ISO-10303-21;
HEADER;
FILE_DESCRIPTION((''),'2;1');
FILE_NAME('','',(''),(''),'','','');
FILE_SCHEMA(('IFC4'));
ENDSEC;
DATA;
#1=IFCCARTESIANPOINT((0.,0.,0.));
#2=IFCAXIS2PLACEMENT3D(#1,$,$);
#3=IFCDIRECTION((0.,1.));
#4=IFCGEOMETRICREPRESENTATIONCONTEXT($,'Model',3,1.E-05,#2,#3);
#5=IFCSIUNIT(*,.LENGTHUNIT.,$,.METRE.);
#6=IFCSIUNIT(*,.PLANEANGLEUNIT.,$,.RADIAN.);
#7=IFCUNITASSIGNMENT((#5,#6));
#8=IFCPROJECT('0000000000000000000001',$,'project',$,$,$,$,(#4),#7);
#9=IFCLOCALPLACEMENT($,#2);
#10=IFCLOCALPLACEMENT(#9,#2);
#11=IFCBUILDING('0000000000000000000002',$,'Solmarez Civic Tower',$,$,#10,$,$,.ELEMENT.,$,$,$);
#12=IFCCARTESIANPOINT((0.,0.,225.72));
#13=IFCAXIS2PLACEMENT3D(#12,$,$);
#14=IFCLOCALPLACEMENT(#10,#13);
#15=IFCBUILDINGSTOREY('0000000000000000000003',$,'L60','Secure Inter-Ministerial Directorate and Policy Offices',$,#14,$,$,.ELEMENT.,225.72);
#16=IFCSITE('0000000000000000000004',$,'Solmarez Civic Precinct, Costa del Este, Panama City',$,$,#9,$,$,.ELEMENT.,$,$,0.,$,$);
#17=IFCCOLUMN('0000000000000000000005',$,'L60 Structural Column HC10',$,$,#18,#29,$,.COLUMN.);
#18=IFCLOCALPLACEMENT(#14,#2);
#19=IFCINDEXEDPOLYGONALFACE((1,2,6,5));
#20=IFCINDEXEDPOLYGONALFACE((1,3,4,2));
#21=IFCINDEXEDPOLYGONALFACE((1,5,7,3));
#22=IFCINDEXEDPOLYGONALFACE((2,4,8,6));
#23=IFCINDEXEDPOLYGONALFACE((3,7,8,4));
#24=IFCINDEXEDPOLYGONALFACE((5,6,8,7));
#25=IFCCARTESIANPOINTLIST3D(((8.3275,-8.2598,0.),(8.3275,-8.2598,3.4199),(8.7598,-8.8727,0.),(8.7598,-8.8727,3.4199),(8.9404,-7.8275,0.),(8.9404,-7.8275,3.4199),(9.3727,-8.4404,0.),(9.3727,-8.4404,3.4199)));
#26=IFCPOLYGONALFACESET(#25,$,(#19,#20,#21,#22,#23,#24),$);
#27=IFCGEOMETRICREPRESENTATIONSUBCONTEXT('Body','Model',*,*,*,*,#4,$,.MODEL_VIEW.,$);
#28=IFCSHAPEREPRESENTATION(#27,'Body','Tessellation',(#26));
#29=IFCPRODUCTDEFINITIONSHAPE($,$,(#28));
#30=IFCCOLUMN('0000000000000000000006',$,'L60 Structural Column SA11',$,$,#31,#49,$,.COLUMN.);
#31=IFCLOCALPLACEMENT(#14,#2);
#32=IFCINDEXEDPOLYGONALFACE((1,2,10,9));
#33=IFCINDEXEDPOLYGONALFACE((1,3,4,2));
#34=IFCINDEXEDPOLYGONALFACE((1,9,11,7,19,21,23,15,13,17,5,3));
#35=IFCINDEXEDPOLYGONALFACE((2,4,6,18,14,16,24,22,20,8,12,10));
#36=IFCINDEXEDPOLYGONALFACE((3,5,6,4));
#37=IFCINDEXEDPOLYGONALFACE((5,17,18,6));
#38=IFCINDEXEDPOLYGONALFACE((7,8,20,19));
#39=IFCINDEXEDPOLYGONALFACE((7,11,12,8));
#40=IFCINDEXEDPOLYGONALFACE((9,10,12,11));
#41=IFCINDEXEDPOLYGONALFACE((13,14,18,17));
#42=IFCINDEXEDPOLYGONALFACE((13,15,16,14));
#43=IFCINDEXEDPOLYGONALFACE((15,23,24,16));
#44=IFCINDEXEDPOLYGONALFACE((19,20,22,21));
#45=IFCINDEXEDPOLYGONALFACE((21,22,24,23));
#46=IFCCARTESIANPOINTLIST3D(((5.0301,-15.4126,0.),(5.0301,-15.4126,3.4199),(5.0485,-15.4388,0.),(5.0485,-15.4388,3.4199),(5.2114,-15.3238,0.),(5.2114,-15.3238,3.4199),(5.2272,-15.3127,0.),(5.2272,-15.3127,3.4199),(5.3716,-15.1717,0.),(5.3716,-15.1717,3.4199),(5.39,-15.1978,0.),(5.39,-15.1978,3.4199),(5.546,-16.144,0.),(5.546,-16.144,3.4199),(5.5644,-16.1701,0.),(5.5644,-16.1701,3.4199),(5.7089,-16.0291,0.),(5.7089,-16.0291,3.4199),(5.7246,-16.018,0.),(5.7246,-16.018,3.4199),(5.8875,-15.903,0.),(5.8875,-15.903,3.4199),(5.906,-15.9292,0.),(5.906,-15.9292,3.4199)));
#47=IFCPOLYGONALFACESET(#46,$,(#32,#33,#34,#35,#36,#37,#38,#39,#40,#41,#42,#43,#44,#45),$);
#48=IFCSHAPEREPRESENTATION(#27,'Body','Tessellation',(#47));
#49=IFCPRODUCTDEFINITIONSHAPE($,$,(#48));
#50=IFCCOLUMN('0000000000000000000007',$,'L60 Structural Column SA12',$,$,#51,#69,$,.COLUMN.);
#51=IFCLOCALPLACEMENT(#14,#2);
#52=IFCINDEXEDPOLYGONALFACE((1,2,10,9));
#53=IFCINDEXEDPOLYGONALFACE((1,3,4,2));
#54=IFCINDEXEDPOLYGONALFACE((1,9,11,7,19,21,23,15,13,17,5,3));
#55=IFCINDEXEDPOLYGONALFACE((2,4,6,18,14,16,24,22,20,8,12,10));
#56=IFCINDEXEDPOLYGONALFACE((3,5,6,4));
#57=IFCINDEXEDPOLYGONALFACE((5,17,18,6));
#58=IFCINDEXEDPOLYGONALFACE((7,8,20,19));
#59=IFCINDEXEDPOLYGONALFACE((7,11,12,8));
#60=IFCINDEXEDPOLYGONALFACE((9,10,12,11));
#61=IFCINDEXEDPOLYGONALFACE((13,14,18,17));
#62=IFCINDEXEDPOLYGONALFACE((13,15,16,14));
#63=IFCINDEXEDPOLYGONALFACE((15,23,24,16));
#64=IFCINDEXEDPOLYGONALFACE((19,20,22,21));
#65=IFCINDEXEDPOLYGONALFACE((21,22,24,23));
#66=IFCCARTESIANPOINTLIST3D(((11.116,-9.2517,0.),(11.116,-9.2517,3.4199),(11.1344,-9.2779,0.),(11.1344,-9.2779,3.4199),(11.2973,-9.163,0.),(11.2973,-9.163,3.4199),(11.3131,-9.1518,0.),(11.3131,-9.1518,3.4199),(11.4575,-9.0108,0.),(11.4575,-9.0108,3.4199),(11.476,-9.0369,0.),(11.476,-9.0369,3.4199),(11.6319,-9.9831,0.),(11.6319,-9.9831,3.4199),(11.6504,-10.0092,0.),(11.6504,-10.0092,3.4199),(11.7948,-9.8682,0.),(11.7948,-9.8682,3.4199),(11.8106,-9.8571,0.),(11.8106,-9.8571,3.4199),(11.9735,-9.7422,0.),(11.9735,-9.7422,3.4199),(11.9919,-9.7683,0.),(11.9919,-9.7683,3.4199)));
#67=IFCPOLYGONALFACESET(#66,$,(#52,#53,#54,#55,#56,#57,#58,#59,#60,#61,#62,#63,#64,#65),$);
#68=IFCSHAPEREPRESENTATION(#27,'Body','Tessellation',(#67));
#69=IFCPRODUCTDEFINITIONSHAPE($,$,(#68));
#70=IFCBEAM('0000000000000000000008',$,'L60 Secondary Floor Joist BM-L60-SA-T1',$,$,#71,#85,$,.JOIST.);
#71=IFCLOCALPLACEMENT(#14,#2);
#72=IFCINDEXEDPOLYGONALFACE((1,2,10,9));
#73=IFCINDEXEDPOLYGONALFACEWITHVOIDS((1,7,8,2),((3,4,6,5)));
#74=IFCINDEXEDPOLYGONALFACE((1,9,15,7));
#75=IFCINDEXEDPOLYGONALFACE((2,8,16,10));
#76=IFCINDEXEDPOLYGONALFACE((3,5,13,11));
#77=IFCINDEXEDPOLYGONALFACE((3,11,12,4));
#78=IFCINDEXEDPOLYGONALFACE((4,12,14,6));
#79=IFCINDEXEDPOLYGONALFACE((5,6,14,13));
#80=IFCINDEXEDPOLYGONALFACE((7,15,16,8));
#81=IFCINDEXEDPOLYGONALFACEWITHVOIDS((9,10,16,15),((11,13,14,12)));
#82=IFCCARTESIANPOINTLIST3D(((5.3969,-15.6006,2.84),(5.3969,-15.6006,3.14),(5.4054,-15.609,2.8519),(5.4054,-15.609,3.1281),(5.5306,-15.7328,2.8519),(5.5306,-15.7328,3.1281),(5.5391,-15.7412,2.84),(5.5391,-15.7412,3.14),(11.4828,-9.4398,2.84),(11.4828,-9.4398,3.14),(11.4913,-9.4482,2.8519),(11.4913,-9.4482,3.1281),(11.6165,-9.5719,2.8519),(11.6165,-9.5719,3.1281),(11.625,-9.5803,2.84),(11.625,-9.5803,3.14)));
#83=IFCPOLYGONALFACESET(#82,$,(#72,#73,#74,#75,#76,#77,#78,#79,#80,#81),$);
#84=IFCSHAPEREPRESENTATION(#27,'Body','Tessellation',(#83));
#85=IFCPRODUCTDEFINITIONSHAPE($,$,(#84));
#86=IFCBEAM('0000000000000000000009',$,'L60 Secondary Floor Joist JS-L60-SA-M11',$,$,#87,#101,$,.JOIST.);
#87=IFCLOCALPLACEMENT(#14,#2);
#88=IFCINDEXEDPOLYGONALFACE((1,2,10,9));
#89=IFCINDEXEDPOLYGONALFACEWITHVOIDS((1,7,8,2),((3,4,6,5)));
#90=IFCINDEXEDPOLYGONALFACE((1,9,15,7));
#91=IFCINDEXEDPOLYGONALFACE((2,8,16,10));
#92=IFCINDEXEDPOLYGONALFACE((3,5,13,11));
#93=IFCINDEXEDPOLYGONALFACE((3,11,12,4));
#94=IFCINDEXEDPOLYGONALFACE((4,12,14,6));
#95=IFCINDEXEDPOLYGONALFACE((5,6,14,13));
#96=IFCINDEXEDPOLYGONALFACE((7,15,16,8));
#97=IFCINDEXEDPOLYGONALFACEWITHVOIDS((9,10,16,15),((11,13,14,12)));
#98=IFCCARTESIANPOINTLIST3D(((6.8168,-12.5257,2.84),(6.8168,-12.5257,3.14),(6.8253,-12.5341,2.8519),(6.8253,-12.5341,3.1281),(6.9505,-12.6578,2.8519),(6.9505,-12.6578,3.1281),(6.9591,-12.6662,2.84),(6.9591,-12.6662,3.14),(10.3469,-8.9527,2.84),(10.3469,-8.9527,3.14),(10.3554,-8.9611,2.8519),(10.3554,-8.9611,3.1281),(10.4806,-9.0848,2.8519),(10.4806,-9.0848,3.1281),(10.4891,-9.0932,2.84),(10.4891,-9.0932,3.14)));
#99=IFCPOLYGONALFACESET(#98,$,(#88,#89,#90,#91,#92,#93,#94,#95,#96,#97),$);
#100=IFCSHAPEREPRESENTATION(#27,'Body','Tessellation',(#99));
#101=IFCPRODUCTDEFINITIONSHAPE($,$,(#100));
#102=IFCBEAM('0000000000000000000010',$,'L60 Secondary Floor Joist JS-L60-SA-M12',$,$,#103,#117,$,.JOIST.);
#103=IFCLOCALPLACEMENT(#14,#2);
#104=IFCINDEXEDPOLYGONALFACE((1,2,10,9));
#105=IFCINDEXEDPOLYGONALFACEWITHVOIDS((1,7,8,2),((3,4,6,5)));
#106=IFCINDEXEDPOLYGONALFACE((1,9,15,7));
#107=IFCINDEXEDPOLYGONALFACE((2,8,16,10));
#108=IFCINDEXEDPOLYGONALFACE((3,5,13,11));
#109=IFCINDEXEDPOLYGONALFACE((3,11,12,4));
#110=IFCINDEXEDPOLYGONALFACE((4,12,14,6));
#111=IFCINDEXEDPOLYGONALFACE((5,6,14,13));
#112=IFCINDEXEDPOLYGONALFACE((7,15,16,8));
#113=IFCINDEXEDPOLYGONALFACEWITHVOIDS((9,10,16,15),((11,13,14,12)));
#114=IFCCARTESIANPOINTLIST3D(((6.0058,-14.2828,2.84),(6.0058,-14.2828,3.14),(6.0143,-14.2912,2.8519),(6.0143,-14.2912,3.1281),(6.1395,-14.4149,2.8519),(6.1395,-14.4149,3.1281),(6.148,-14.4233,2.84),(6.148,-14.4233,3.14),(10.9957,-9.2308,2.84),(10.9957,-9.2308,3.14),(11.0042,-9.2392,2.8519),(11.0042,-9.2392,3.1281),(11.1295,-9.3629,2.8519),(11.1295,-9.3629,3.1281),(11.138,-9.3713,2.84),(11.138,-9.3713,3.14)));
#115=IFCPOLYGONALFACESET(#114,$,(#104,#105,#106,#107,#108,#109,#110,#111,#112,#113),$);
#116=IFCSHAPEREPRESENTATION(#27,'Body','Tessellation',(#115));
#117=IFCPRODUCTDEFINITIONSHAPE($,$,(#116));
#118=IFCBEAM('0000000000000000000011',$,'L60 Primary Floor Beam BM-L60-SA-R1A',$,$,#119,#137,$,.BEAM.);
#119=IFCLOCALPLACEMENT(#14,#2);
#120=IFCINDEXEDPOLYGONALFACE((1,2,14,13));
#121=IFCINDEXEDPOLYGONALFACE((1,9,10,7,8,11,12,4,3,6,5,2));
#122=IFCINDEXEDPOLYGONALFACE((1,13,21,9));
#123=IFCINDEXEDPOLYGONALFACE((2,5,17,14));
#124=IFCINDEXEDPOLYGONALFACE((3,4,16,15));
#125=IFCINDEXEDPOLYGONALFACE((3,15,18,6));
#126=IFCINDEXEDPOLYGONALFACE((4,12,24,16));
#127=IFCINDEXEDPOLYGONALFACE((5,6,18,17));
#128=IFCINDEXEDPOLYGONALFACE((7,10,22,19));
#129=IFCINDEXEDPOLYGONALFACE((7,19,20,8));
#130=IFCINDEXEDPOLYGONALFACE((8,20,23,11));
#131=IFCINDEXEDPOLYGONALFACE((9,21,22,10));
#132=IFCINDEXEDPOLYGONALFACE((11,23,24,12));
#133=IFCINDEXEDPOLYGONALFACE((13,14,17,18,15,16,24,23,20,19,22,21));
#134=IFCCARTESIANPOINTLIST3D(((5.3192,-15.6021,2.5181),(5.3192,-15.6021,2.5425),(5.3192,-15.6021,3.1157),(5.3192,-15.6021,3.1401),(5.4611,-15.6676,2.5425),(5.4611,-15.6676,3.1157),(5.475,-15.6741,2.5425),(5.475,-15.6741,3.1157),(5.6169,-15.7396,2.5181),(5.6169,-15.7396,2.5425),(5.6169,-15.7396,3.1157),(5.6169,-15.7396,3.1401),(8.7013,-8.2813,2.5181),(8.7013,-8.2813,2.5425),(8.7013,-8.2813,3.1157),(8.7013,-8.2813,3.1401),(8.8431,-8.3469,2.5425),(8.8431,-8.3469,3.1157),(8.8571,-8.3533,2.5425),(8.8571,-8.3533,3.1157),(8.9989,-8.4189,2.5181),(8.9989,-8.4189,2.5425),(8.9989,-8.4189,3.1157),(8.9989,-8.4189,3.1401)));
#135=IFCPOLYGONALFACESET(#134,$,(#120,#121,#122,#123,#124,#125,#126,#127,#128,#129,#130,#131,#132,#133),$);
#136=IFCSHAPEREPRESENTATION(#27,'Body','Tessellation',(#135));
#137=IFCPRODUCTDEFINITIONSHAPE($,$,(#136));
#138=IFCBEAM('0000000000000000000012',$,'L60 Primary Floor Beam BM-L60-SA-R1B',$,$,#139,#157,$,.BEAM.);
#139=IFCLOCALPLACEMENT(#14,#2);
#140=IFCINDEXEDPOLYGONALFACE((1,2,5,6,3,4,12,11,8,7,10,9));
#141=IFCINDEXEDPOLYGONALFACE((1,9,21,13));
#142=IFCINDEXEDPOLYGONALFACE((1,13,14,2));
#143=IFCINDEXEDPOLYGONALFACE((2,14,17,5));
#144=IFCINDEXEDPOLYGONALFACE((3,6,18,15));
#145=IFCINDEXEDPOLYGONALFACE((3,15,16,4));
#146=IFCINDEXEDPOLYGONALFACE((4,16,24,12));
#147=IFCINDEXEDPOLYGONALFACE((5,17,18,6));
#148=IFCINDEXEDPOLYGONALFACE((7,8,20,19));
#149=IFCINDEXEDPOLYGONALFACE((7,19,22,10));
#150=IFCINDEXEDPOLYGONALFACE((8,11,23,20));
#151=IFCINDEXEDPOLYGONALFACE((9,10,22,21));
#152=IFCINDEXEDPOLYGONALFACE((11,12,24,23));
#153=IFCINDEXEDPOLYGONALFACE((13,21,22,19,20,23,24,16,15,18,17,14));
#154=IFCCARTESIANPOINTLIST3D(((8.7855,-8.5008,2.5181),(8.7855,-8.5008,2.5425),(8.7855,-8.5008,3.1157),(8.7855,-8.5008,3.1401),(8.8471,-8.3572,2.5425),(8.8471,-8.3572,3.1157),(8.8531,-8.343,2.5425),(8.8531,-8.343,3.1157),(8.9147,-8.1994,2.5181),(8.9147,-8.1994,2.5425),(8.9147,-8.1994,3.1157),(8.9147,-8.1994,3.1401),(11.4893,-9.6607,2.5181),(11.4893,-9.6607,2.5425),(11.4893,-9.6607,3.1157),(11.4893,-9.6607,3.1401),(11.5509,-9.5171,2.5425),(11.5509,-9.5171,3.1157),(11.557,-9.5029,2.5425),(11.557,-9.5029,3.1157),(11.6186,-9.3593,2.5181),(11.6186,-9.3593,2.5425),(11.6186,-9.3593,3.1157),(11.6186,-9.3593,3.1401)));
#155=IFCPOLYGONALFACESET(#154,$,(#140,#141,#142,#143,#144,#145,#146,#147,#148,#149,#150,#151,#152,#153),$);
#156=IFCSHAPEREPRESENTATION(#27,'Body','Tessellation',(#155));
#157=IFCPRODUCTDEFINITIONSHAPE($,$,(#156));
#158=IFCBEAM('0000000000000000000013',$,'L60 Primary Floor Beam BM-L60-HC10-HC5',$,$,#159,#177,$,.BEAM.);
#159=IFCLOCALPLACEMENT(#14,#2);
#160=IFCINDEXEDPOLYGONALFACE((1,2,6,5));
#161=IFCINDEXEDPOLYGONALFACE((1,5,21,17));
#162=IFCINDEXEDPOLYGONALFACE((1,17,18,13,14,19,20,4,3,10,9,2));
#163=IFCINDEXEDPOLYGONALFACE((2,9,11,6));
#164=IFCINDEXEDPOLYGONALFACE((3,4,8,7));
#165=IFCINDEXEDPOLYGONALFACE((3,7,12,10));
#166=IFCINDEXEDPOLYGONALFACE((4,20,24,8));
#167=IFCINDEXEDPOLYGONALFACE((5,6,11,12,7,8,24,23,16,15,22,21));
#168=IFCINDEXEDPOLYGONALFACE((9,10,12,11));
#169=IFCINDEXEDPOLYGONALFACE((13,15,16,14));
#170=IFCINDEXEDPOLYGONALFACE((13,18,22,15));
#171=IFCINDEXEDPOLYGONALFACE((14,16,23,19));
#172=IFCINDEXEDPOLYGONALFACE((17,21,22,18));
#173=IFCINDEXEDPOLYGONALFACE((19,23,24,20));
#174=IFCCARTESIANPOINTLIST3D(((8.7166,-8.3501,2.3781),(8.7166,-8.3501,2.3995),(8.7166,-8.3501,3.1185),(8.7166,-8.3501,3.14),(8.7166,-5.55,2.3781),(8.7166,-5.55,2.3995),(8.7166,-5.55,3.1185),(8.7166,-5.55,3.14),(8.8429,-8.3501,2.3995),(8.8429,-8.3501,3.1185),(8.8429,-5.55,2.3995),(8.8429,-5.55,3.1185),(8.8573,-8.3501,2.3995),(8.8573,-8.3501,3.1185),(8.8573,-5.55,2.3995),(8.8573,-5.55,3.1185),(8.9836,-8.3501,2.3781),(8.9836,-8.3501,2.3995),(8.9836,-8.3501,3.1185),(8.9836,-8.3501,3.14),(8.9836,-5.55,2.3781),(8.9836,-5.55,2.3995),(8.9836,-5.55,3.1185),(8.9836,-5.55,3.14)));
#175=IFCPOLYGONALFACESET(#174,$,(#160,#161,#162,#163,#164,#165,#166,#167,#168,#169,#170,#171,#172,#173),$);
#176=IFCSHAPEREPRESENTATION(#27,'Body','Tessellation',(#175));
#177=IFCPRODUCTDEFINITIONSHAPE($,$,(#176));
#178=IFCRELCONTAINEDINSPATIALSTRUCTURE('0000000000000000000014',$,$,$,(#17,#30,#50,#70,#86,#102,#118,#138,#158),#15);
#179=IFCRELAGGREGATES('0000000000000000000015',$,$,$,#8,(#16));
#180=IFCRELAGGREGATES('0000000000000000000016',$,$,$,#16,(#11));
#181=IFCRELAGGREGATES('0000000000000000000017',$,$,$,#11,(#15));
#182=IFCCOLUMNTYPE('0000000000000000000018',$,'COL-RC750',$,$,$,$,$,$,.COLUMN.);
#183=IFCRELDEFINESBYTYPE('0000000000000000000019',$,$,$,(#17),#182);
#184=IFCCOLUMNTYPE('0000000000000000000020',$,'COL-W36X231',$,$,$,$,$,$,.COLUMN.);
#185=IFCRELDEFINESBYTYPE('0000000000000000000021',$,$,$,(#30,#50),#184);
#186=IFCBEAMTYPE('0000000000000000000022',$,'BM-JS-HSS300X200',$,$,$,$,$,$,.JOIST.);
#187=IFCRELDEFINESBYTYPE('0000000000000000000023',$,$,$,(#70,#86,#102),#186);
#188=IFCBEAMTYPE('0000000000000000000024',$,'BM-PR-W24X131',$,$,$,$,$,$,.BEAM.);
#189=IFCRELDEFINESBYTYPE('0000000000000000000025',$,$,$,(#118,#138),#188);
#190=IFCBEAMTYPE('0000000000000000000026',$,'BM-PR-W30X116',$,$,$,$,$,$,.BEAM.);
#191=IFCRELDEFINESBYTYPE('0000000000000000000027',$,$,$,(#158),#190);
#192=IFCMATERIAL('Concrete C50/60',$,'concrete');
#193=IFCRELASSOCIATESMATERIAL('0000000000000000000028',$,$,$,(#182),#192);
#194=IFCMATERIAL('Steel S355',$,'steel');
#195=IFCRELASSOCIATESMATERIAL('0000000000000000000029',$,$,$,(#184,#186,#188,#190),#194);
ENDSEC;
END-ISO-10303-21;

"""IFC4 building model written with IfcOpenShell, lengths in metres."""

from ifc_helpers import new_model, si_unit, direction, frame, origin, origin_2d, place, context, subcontext, project, spatial, rectangle, hollow_rectangle, i_section, extrude, material, material_profile, profile_set, type_object, element, save


model = new_model("IFC4")

# Units and contexts
model_context = context("Model", 3, precision=1e-05, world=origin(), true_north=direction((0.0, 1.0)))
body_context = subcontext(model_context, "Body", "Model", "MODEL_VIEW")
ifc_project = project(units=[si_unit("LENGTHUNIT", "METRE"), si_unit("PLANEANGLEUNIT", "RADIAN")], contexts=[model_context])

# Site, building, storey
site_placement = place(None, origin())
site = spatial("IfcSite", under=ifc_project, at=site_placement, Name="Solmarez Civic Precinct, Costa del Este, Panama City", CompositionType="ELEMENT", RefElevation=0.0)
building_placement = place(site_placement, origin())
building = spatial("IfcBuilding", under=site, at=building_placement, Name="Solmarez Civic Tower", CompositionType="ELEMENT")
storey_placement = place(building_placement, frame((0.0, 0.0, 225.72)))
storey = spatial("IfcBuildingStorey", under=building, at=storey_placement, Name="L60", Description="Secure Inter-Ministerial Directorate and Policy Offices", CompositionType="ELEMENT", Elevation=225.72)

# Columns
ifc_material_1 = material(Name="Concrete C50/60", Category="concrete")
ifc_material_profile_1 = material_profile(ifc_material_1, rectangle(XDim=0.75, YDim=0.75, at=origin_2d()), Name="RC750X750")
ifc_profile_set_1 = profile_set([ifc_material_profile_1], Name="Concrete C50/60")
column_type_1 = type_object("IfcColumnType", Name="COL-RC750", PredefinedType="COLUMN", material=ifc_profile_set_1)
column_placement = place(storey_placement, frame((8.8501, -8.3501, 0.0), z_axis=(0.0, 0.0, 1.0), x_axis=(0.817145, 0.576432, 0.0)))
element("IfcColumn", 1, at=column_placement, inside=storey, type_object=column_type_1, Name="L60 Structural Column HC10", PredefinedType="COLUMN", context=body_context, shape_type="SweptSolid", body=[
    extrude(rectangle(XDim=0.75, YDim=0.75, at=origin_2d()), origin(), (0.0, 0.0, 1.0), 3.4199),
])
ifc_material_2 = material(Name="Steel S355", Category="steel")
ifc_material_profile_2 = material_profile(ifc_material_2, i_section(OverallWidth=0.418, OverallDepth=0.927, WebThickness=0.0193, FlangeThickness=0.032, at=origin_2d()), Name="W36X231")
ifc_profile_set_2 = profile_set([ifc_material_profile_2], Name="Steel S355")
column_type_2 = type_object("IfcColumnType", Name="COL-W36X231", PredefinedType="COLUMN", material=ifc_profile_set_2)
for number, where, z_axis, x_axis, name in (
    (2, (5.468, -15.6709, 0.0), (0.0, 0.0, 1.0), (0.817145, 0.576432, 0.0), "L60 Structural Column SA11"),
    (3, (11.554, -9.51, 0.0), (0.0, 0.0, 1.0), (0.817145, 0.576432, 0.0), "L60 Structural Column SA12"),
):
    element("IfcColumn", number, at=place(storey_placement, frame(where, z_axis=z_axis, x_axis=x_axis)), inside=storey, type_object=column_type_2, Name=name, PredefinedType="COLUMN", context=body_context, shape_type="SweptSolid", body=[
        extrude(i_section(OverallWidth=0.418, OverallDepth=0.927, WebThickness=0.0193, FlangeThickness=0.032, at=origin_2d()), origin(), (0.0, 0.0, 1.0), 3.4199),
    ])

# Beams
ifc_material_profile_3 = material_profile(ifc_material_2, hollow_rectangle(XDim=0.2, YDim=0.3, WallThickness=0.012, at=origin_2d()), Name="HSS300X200X12")
ifc_profile_set_3 = profile_set([ifc_material_profile_3], Name="Steel S355")
beam_type_1 = type_object("IfcBeamType", Name="BM-JS-HSS300X200", PredefinedType="JOIST", material=ifc_profile_set_3)
beam_1_placement = place(storey_placement, frame((5.468, -15.6709, 2.99), z_axis=(0.702766, 0.711421, 0.0), x_axis=(-0.711421, 0.702766, 0.0)))
element("IfcBeam", 4, at=beam_1_placement, inside=storey, type_object=beam_type_1, Name="L60 Secondary Floor Joist BM-L60-SA-T1", PredefinedType="JOIST", context=body_context, shape_type="SweptSolid", body=[
    extrude(hollow_rectangle(XDim=0.2, YDim=0.3, WallThickness=0.012, at=origin_2d()), origin(), (0.0, 0.0, 1.0), 8.6599),
])
beam_2_placement = place(storey_placement, frame((6.8879, -12.5959, 2.99), z_axis=(0.702816, 0.711371, 0.0), x_axis=(-0.711371, 0.702816, 0.0)))
element("IfcBeam", 5, at=beam_2_placement, inside=storey, type_object=beam_type_1, Name="L60 Secondary Floor Joist JS-L60-SA-M11", PredefinedType="JOIST", context=body_context, shape_type="SweptSolid", body=[
    extrude(hollow_rectangle(XDim=0.2, YDim=0.3, WallThickness=0.012, at=origin_2d()), origin(), (0.0, 0.0, 1.0), 5.0227),
])
beam_3_placement = place(storey_placement, frame((6.0769, -14.353, 2.99), z_axis=(0.702727, 0.71146, 0.0), x_axis=(-0.71146, 0.702727, 0.0)))
element("IfcBeam", 6, at=beam_3_placement, inside=storey, type_object=beam_type_1, Name="L60 Secondary Floor Joist JS-L60-SA-M12", PredefinedType="JOIST", context=body_context, shape_type="SweptSolid", body=[
    extrude(hollow_rectangle(XDim=0.2, YDim=0.3, WallThickness=0.012, at=origin_2d()), origin(), (0.0, 0.0, 1.0), 7.1008),
])
ifc_material_profile_4 = material_profile(ifc_material_2, i_section(OverallWidth=0.3279, OverallDepth=0.6221, WebThickness=0.0154, FlangeThickness=0.0244, at=origin_2d()), Name="W24X131")
ifc_profile_set_4 = profile_set([ifc_material_profile_4], Name="Steel S355")
beam_type_2 = type_object("IfcBeamType", Name="BM-PR-W24X131", PredefinedType="BEAM", material=ifc_profile_set_4)
beam_4_placement = place(storey_placement, frame((8.8501, -8.3501, 2.8291), z_axis=(-0.41939, -0.907806, 0.0), x_axis=(0.907806, -0.41939, 0.0)))
element("IfcBeam", 7, at=beam_4_placement, inside=storey, type_object=beam_type_2, Name="L60 Primary Floor Beam BM-L60-SA-R1A", PredefinedType="BEAM", context=body_context, shape_type="SweptSolid", body=[
    extrude(i_section(OverallWidth=0.3279, OverallDepth=0.6221, WebThickness=0.0154, FlangeThickness=0.0244, at=origin_2d()), origin(), (0.0, 0.0, 1.0), 8.0642),
])
beam_5_placement = place(storey_placement, frame((8.8501, -8.3501, 2.8291), z_axis=(0.919008, -0.39424, 0.0), x_axis=(0.39424, 0.919008, 0.0)))
element("IfcBeam", 8, at=beam_5_placement, inside=storey, type_object=beam_type_2, Name="L60 Primary Floor Beam BM-L60-SA-R1B", PredefinedType="BEAM", context=body_context, shape_type="SweptSolid", body=[
    extrude(i_section(OverallWidth=0.3279, OverallDepth=0.6221, WebThickness=0.0154, FlangeThickness=0.0244, at=origin_2d()), origin(), (0.0, 0.0, 1.0), 2.9421),
])
ifc_material_profile_5 = material_profile(ifc_material_2, i_section(OverallWidth=0.2671, OverallDepth=0.762, WebThickness=0.0144, FlangeThickness=0.0215, at=origin_2d()), Name="W30X116")
ifc_profile_set_5 = profile_set([ifc_material_profile_5], Name="Steel S355")
beam_type_3 = type_object("IfcBeamType", Name="BM-PR-W30X116", PredefinedType="BEAM", material=ifc_profile_set_5)
beam_6_placement = place(storey_placement, frame((8.8501, -8.3501, 2.759), z_axis=(0.0, 1.0, 0.0), x_axis=(-1.0, 0.0, 0.0)))
element("IfcBeam", 9, at=beam_6_placement, inside=storey, type_object=beam_type_3, Name="L60 Primary Floor Beam BM-L60-HC10-HC5", PredefinedType="BEAM", context=body_context, shape_type="SweptSolid", body=[
    extrude(i_section(OverallWidth=0.2671, OverallDepth=0.762, WebThickness=0.0144, FlangeThickness=0.0215, at=origin_2d()), origin(), (0.0, 0.0, 1.0), 2.8),
])

save(model, "model.ifc")
